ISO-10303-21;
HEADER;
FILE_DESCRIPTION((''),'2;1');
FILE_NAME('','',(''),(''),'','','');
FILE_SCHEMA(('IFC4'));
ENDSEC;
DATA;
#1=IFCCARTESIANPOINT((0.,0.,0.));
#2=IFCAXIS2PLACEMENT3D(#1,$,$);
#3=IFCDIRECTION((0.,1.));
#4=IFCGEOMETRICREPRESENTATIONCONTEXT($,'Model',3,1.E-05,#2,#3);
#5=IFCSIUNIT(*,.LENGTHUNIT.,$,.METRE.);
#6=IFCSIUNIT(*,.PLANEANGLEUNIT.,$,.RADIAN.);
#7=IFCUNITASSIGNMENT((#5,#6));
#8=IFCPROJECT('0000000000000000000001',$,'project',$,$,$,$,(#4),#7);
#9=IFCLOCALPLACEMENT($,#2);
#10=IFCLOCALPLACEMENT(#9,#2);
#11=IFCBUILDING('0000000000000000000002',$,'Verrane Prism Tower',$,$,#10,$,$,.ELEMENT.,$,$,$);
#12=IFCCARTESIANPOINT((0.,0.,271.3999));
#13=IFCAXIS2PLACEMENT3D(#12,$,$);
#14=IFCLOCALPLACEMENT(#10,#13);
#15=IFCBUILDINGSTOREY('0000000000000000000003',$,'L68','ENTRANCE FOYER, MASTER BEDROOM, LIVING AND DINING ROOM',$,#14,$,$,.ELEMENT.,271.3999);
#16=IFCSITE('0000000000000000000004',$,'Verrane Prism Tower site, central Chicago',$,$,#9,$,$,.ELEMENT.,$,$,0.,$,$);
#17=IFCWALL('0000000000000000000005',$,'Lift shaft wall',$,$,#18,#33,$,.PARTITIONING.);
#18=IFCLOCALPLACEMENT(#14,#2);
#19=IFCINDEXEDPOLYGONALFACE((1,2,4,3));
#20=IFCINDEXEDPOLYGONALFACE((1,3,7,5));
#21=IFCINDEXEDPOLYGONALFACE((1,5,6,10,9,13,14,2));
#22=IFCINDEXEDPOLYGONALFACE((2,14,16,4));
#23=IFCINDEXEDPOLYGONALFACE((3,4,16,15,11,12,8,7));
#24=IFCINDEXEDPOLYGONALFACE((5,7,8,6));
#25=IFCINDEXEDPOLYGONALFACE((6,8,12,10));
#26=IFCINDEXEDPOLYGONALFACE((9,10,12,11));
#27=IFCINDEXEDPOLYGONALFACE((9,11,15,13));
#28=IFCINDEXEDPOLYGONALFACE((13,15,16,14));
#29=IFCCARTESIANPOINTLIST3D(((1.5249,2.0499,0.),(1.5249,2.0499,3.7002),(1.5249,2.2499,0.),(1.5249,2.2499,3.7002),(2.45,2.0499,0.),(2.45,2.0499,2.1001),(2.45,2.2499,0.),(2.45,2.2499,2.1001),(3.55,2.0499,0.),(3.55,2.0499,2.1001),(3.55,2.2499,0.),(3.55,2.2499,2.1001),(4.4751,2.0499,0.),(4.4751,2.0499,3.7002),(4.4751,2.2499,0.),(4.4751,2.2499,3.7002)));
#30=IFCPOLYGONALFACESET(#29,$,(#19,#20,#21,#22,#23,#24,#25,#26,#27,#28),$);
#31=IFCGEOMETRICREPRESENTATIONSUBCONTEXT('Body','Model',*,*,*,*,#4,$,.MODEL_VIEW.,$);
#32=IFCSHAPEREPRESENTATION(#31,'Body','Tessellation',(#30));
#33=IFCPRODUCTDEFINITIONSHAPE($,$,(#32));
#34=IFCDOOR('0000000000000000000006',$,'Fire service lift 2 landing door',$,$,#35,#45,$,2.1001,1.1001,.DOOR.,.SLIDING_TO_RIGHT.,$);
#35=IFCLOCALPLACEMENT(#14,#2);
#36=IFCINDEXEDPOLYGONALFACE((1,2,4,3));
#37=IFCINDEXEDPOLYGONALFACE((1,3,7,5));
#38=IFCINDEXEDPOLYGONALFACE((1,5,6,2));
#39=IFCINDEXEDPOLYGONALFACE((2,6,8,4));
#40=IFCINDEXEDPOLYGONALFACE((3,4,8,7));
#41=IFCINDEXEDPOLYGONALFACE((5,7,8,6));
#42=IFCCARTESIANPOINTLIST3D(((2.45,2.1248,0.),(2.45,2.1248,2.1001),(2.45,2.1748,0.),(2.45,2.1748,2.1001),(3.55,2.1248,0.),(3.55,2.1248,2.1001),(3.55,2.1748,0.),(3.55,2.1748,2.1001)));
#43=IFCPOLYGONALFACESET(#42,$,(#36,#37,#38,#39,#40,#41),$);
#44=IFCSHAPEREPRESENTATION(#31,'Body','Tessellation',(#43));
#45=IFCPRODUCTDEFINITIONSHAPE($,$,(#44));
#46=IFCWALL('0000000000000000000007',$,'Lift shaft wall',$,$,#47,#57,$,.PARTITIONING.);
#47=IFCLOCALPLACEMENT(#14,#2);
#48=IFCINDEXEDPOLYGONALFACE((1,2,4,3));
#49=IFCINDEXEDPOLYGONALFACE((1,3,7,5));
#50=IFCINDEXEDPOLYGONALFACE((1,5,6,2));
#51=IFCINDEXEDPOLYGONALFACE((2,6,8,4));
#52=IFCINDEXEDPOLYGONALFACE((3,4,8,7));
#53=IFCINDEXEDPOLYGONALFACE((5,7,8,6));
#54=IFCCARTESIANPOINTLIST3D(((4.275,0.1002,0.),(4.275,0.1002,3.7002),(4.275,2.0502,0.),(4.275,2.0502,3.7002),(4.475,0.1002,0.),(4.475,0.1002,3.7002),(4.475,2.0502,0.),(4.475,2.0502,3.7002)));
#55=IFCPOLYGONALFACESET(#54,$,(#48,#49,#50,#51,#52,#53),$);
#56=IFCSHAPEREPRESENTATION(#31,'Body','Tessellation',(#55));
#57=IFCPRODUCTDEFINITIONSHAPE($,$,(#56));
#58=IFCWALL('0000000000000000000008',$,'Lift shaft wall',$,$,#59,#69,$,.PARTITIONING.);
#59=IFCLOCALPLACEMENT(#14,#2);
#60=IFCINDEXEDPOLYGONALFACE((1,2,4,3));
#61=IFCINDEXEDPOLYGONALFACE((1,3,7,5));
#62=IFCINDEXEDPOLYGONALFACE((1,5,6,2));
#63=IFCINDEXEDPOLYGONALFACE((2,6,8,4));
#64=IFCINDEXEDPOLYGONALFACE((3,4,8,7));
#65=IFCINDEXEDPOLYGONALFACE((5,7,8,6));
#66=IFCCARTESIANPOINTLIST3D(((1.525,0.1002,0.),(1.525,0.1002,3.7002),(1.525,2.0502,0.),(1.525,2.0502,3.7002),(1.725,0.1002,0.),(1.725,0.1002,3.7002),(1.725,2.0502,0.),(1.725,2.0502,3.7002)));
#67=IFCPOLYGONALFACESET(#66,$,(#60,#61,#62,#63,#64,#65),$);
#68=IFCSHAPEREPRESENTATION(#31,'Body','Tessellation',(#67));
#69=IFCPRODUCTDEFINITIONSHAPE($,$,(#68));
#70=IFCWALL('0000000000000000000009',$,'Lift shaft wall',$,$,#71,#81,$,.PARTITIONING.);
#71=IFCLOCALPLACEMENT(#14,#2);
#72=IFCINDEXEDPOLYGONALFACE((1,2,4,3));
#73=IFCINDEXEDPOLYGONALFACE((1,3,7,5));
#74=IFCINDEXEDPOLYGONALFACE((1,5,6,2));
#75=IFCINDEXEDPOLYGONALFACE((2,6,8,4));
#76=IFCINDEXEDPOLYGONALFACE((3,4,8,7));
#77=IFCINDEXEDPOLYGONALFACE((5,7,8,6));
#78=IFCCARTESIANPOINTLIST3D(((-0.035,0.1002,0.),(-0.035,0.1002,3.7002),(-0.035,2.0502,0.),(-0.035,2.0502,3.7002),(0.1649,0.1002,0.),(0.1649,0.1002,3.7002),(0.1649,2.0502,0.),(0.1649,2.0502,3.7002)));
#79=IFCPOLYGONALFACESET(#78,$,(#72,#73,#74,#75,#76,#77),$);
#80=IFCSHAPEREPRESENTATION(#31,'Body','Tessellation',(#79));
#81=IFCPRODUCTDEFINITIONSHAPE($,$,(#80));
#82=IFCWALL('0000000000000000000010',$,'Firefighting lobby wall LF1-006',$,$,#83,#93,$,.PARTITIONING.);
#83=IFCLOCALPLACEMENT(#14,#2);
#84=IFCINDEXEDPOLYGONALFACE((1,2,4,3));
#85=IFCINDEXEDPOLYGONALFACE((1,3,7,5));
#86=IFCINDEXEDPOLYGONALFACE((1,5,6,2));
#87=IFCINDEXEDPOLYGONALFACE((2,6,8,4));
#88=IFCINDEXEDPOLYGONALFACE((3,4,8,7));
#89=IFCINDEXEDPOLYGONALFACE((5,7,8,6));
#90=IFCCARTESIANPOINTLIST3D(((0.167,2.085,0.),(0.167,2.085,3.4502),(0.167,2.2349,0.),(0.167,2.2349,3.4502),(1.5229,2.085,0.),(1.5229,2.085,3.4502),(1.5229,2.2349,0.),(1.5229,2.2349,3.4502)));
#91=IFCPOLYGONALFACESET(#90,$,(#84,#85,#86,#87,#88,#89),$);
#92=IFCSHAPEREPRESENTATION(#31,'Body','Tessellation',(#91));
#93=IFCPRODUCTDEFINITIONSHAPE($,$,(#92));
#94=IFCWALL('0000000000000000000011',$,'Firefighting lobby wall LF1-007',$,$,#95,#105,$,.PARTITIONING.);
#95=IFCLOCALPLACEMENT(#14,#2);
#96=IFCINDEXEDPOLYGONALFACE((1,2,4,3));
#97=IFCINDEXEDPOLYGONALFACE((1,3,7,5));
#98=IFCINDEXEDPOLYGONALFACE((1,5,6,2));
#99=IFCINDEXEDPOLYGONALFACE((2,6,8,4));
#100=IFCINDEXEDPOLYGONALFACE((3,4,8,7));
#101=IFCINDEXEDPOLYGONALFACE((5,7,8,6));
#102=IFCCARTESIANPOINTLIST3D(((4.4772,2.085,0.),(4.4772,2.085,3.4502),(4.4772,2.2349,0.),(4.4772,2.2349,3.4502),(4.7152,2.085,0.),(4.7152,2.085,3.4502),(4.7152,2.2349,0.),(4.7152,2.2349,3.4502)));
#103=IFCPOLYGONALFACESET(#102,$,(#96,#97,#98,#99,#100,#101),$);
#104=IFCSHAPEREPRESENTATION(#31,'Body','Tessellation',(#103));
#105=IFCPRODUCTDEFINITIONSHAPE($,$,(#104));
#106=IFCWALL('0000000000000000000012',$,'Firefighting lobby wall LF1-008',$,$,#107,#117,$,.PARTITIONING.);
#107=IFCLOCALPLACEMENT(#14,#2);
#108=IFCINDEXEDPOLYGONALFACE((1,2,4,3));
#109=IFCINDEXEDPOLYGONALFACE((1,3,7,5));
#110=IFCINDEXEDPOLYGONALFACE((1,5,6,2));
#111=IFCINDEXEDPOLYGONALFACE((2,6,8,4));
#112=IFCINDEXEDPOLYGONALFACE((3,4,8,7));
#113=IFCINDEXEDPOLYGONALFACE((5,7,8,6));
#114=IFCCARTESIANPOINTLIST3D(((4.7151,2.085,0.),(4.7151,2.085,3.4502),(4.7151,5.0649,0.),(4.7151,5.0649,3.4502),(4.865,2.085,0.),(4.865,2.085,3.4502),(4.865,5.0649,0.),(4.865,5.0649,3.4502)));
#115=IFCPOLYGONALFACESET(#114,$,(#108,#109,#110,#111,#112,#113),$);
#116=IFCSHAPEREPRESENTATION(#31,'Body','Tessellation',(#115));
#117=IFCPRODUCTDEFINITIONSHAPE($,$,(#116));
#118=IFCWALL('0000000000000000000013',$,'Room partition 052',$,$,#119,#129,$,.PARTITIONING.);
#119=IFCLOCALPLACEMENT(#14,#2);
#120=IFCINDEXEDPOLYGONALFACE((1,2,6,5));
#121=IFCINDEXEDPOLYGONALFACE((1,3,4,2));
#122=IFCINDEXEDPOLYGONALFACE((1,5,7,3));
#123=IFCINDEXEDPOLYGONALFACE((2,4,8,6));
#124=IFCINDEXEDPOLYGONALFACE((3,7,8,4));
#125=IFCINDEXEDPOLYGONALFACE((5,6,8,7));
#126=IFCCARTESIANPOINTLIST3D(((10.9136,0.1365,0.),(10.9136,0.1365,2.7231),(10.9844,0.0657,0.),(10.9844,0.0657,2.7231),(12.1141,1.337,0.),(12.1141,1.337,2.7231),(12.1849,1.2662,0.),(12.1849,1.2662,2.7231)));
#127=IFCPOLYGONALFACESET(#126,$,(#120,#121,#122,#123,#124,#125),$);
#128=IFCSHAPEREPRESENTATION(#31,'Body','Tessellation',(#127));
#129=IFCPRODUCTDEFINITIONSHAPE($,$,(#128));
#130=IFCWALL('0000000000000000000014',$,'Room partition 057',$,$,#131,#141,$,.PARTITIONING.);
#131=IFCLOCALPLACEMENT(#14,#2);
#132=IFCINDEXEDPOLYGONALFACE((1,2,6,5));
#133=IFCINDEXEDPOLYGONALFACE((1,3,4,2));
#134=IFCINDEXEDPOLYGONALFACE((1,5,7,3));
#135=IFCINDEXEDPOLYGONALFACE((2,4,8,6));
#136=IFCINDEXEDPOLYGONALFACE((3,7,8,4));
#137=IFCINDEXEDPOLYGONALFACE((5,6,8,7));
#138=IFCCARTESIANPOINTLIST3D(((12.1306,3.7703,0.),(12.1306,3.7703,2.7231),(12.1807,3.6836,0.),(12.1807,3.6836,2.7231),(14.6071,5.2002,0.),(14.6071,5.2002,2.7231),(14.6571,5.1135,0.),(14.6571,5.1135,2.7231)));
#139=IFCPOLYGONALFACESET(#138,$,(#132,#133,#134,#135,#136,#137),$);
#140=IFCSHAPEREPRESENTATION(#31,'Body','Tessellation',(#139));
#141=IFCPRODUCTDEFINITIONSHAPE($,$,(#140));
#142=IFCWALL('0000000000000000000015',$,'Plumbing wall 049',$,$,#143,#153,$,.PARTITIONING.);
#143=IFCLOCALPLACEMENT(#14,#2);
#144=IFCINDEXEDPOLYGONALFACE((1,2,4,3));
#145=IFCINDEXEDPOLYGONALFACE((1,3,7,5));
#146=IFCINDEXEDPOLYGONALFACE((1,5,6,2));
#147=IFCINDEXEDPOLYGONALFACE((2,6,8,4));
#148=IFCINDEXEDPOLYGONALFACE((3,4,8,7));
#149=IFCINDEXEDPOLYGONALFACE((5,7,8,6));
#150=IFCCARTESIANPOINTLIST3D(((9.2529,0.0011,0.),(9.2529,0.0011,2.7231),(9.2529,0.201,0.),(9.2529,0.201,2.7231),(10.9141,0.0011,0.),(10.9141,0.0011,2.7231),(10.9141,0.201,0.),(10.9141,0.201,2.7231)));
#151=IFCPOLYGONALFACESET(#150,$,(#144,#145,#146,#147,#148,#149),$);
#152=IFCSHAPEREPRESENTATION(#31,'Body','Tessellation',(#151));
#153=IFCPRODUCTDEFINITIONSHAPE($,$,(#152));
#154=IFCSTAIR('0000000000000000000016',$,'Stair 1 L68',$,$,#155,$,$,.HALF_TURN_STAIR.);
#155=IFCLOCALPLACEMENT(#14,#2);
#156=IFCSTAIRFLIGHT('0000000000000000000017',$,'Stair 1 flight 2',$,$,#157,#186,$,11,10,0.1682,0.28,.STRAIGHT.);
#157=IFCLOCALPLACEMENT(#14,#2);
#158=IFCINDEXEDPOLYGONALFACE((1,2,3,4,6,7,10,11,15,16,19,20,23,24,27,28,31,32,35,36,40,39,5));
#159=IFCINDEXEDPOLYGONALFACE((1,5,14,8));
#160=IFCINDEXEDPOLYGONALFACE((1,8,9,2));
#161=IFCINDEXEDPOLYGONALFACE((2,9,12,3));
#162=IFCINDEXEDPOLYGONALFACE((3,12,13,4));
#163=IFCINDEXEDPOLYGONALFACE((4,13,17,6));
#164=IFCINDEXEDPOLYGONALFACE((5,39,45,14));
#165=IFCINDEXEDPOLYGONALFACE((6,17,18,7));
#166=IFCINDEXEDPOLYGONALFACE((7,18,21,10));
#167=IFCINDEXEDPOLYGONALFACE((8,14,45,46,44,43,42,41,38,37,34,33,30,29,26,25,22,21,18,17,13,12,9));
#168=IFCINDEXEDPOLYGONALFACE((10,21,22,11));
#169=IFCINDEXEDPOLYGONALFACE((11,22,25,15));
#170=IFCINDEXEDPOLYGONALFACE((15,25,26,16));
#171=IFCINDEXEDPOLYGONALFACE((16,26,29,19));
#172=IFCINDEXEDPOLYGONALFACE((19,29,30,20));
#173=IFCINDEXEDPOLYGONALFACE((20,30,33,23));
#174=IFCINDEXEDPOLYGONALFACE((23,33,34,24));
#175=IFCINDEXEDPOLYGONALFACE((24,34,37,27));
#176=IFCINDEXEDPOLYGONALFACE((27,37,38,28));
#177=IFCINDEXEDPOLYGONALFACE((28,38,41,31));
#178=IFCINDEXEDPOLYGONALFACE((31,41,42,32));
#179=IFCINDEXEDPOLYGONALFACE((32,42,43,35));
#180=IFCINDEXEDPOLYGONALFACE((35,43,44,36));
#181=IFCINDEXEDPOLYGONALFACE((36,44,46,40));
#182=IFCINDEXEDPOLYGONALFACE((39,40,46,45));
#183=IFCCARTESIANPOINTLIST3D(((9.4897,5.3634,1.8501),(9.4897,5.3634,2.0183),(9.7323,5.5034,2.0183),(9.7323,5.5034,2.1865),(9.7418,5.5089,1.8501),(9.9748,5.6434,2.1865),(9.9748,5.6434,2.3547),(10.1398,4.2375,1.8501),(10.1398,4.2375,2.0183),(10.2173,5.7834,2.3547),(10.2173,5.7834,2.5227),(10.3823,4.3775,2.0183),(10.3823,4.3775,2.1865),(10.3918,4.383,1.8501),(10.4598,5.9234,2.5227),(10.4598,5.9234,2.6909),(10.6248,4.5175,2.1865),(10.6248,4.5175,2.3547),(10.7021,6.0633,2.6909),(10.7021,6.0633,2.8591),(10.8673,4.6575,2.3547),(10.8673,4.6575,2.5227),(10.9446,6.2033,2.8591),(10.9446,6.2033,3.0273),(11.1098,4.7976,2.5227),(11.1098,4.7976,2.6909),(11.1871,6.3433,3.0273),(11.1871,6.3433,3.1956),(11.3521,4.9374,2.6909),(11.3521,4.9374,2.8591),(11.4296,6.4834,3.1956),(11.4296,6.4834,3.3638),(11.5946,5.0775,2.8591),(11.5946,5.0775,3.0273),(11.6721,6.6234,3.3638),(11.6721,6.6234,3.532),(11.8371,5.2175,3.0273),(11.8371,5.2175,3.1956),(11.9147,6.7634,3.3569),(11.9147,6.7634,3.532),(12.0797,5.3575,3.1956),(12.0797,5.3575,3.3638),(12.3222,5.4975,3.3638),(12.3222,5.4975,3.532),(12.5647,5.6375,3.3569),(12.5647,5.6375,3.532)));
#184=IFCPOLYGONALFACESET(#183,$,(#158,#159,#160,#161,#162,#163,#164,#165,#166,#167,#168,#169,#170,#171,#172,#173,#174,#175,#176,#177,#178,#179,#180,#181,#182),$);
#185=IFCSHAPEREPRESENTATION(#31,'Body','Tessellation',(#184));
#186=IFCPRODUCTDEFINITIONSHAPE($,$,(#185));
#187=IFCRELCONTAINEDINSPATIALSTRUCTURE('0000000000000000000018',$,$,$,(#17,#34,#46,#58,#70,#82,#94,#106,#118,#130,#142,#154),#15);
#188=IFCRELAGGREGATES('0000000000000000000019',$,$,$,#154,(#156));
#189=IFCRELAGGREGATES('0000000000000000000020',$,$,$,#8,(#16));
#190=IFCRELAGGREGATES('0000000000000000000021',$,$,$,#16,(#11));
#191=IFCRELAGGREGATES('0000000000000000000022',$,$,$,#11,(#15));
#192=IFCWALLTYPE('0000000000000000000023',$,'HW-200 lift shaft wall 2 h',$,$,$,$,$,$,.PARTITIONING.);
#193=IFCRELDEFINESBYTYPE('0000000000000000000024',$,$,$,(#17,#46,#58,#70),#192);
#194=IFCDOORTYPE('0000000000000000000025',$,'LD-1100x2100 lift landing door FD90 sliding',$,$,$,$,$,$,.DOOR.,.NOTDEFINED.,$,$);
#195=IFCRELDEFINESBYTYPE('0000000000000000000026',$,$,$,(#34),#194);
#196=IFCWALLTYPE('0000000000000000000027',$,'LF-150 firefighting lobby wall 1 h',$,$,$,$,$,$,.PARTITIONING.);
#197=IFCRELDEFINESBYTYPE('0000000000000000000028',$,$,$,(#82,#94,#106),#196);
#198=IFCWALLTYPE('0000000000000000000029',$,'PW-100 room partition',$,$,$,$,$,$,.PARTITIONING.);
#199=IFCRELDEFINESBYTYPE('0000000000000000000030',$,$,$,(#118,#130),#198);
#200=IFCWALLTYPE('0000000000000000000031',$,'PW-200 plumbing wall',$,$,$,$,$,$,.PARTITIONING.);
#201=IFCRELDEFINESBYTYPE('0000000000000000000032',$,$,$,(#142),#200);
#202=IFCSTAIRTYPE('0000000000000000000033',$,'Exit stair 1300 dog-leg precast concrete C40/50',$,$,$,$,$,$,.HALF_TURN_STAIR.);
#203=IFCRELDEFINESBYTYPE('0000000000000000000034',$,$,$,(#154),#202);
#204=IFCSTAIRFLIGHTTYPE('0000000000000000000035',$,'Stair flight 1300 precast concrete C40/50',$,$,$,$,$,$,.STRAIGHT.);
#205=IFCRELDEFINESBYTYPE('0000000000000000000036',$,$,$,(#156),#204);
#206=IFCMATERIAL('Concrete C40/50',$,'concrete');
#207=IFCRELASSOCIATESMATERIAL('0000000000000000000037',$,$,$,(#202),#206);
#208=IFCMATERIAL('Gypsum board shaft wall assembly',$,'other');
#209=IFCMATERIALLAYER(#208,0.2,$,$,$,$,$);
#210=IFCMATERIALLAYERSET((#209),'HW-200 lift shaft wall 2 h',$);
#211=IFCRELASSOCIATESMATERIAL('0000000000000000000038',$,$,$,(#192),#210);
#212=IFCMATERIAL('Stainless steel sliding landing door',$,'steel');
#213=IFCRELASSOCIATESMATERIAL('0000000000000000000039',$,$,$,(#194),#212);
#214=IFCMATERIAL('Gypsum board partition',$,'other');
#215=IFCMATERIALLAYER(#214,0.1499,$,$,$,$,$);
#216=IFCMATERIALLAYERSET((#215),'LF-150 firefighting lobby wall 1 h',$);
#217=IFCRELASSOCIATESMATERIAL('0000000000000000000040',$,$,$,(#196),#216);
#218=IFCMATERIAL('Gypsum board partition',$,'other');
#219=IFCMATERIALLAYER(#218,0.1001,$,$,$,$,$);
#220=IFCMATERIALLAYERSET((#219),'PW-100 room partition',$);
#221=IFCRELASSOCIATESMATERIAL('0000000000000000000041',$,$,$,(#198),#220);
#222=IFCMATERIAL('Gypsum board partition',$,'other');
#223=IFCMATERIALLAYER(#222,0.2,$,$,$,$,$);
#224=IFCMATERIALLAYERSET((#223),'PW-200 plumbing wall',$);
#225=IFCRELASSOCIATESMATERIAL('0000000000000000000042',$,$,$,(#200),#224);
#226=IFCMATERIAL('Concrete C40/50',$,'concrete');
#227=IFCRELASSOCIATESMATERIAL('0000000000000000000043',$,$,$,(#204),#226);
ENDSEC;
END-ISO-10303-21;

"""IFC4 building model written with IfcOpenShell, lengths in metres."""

from ifc_helpers import new_model, si_unit, direction, frame, frame_2d, origin, place, context, subcontext, project, spatial, polyline, rectangle, outline, extrude, material, layer, layer_set, type_object, element, fill, aggregate, save


model = new_model("IFC4")

# Units and contexts
model_context = context("Model", 3, precision=1e-05, world=origin(), true_north=direction((0.0, 1.0)))
body_context = subcontext(model_context, "Body", "Model", "MODEL_VIEW")
ifc_project = project(units=[si_unit("LENGTHUNIT", "METRE"), si_unit("PLANEANGLEUNIT", "RADIAN")], contexts=[model_context])

# Site, building, storey
site_placement = place(None, origin())
site = spatial("IfcSite", under=ifc_project, at=site_placement, Name="Verrane Prism Tower site, central Chicago", CompositionType="ELEMENT", RefElevation=0.0)
building_placement = place(site_placement, origin())
building = spatial("IfcBuilding", under=site, at=building_placement, Name="Verrane Prism Tower", CompositionType="ELEMENT")
storey_placement = place(building_placement, frame((0.0, 0.0, 271.3999)))
storey = spatial("IfcBuildingStorey", under=building, at=storey_placement, Name="L68", Description="ENTRANCE FOYER, MASTER BEDROOM, LIVING AND DINING ROOM", CompositionType="ELEMENT", Elevation=271.3999)

# Shared definitions
ifc_material_1 = material(Name="Concrete C40/50", Category="concrete")
stair_type = type_object("IfcStairType", Name="Exit stair 1300 dog-leg precast concrete C40/50", PredefinedType="HALF_TURN_STAIR", material=ifc_material_1)

# Shared definitions
ifc_material_2 = material(Name="Gypsum board shaft wall assembly", Category="other")
ifc_layer_1 = layer(ifc_material_2, 0.2)
ifc_layer_set_1 = layer_set([ifc_layer_1], Name="HW-200 lift shaft wall 2 h")
wall_type_1 = type_object("IfcWallType", Name="HW-200 lift shaft wall 2 h", PredefinedType="PARTITIONING", material=ifc_layer_set_1)

# Wall, opening, door
wall_1_placement = place(storey_placement, frame((1.5249, 2.1499, 0.0), z_axis=(0.0, 0.0, 1.0), x_axis=(1.0, 0.0, 0.0)))
wall_1 = element("IfcWall", 1, at=wall_1_placement, inside=storey, type_object=wall_type_1, Name="Lift shaft wall", PredefinedType="PARTITIONING", context=body_context, shape_type="SweptSolid", body=[
    extrude(rectangle(XDim=2.9502, YDim=0.2, at=frame_2d((1.4751, 0.0))), origin(), (0.0, 0.0, 1.0), 3.7002),
])
opening_1_placement = place(wall_1_placement, frame((0.925, 0.0, 0.0)))
opening_1 = element("IfcOpeningElement", 2, at=opening_1_placement, cuts=wall_1, PredefinedType="OPENING", context=body_context, shape_type="SweptSolid", body=[
    extrude(rectangle(XDim=1.1001, YDim=2.1001, at=frame_2d((0.55, 1.05))), frame((0.0, 0.1099, 0.0), z_axis=(0.0, -1.0, 0.0), x_axis=(1.0, 0.0, 0.0)), (0.0, 0.0, 1.0), 0.22),
])
ifc_material_3 = material(Name="Stainless steel sliding landing door", Category="steel")
door_type_1 = type_object("IfcDoorType", Name="LD-1100x2100 lift landing door FD90 sliding", OperationType="NOTDEFINED", PredefinedType="DOOR", material=ifc_material_3)
door_1_placement = place(opening_1_placement, origin())
door_1 = element("IfcDoor", 3, at=door_1_placement, inside=storey, type_object=door_type_1, Name="Fire service lift 2 landing door", OperationType="SLIDING_TO_RIGHT", OverallHeight=2.1001, OverallWidth=1.1001, PredefinedType="DOOR", context=body_context, shape_type="SweptSolid", body=[
    extrude(rectangle(XDim=1.1001, YDim=2.1001, at=frame_2d((0.55, 1.05))), frame((0.0, 0.0249, 0.0), z_axis=(0.0, -1.0, 0.0), x_axis=(1.0, 0.0, 0.0)), (0.0, 0.0, 1.0), 0.05),
])
fill(opening_1, door_1)

# Walls
for number, where, z_axis, x_axis, name in (
    (4, (4.375, 0.1001, 0.0), (0.0, 0.0, 1.0), (0.0, 1.0, 0.0), "Lift shaft wall"),
    (5, (1.625, 0.1001, 0.0), (0.0, 0.0, 1.0), (0.0, 1.0, 0.0), "Lift shaft wall"),
    (6, (0.0649, 0.1001, 0.0), (0.0, 0.0, 1.0), (0.0, 1.0, 0.0), "Lift shaft wall"),
):
    element("IfcWall", number, at=place(storey_placement, frame(where, z_axis=z_axis, x_axis=x_axis)), inside=storey, type_object=wall_type_1, Name=name, PredefinedType="PARTITIONING", context=body_context, shape_type="SweptSolid", body=[
        extrude(rectangle(XDim=1.95, YDim=0.2, at=frame_2d((0.9751, 0.0))), origin(), (0.0, 0.0, 1.0), 3.7002),
    ])
ifc_material_4 = material(Name="Gypsum board partition", Category="other")
ifc_layer_2 = layer(ifc_material_4, 0.1499)
ifc_layer_set_2 = layer_set([ifc_layer_2], Name="LF-150 firefighting lobby wall 1 h")
wall_type_2 = type_object("IfcWallType", Name="LF-150 firefighting lobby wall 1 h", PredefinedType="PARTITIONING", material=ifc_layer_set_2)
wall_2_placement = place(storey_placement, frame((0.167, 2.1599, 0.0), z_axis=(0.0, 0.0, 1.0), x_axis=(1.0, 0.0, 0.0)))
element("IfcWall", 7, at=wall_2_placement, inside=storey, type_object=wall_type_2, Name="Firefighting lobby wall LF1-006", PredefinedType="PARTITIONING", context=body_context, shape_type="SweptSolid", body=[
    extrude(rectangle(XDim=1.356, YDim=0.1499, at=frame_2d((0.678, 0.0))), origin(), (0.0, 0.0, 1.0), 3.4502),
])
wall_3_placement = place(storey_placement, frame((4.4771, 2.1599, 0.0), z_axis=(0.0, 0.0, 1.0), x_axis=(1.0, 0.0, 0.0)))
element("IfcWall", 8, at=wall_3_placement, inside=storey, type_object=wall_type_2, Name="Firefighting lobby wall LF1-007", PredefinedType="PARTITIONING", context=body_context, shape_type="SweptSolid", body=[
    extrude(rectangle(XDim=0.238, YDim=0.1499, at=frame_2d((0.1191, 0.0))), origin(), (0.0, 0.0, 1.0), 3.4502),
])
wall_4_placement = place(storey_placement, frame((4.79, 2.085, 0.0), z_axis=(0.0, 0.0, 1.0), x_axis=(0.0, 1.0, 0.0)))
element("IfcWall", 9, at=wall_4_placement, inside=storey, type_object=wall_type_2, Name="Firefighting lobby wall LF1-008", PredefinedType="PARTITIONING", context=body_context, shape_type="SweptSolid", body=[
    extrude(rectangle(XDim=2.98, YDim=0.1499, at=frame_2d((1.49, 0.0))), origin(), (0.0, 0.0, 1.0), 3.4502),
])
ifc_material_5 = material(Name="Gypsum board partition", Category="other")
ifc_layer_3 = layer(ifc_material_5, 0.1001)
ifc_layer_set_3 = layer_set([ifc_layer_3], Name="PW-100 room partition")
wall_type_3 = type_object("IfcWallType", Name="PW-100 room partition", PredefinedType="PARTITIONING", material=ifc_layer_set_3)
wall_5_placement = place(storey_placement, frame((10.949, 0.1011, 0.0), z_axis=(0.0, 0.0, 1.0), x_axis=(0.707107, 0.707107, 0.0)))
element("IfcWall", 10, at=wall_5_placement, inside=storey, type_object=wall_type_3, Name="Room partition 052", PredefinedType="PARTITIONING", context=body_context, shape_type="SweptSolid", body=[
    extrude(rectangle(XDim=1.6978, YDim=0.1001, at=frame_2d((0.8489, 0.0))), origin(), (0.0, 0.0, 1.0), 2.7231),
])
wall_6_placement = place(storey_placement, frame((12.1558, 3.7271, 0.0), z_axis=(0.0, 0.0, 1.0), x_axis=(0.866012, 0.500023, 0.0)))
element("IfcWall", 11, at=wall_6_placement, inside=storey, type_object=wall_type_3, Name="Room partition 057", PredefinedType="PARTITIONING", context=body_context, shape_type="SweptSolid", body=[
    extrude(rectangle(XDim=2.8596, YDim=0.1001, at=frame_2d((1.4297, 0.0))), origin(), (0.0, 0.0, 1.0), 2.7231),
])
ifc_material_6 = material(Name="Gypsum board partition", Category="other")
ifc_layer_4 = layer(ifc_material_6, 0.2)
ifc_layer_set_4 = layer_set([ifc_layer_4], Name="PW-200 plumbing wall")
wall_type_4 = type_object("IfcWallType", Name="PW-200 plumbing wall", PredefinedType="PARTITIONING", material=ifc_layer_set_4)
wall_7_placement = place(storey_placement, frame((9.2529, 0.1011, 0.0), z_axis=(0.0, 0.0, 1.0), x_axis=(1.0, 0.0, 0.0)))
element("IfcWall", 12, at=wall_7_placement, inside=storey, type_object=wall_type_4, Name="Plumbing wall 049", PredefinedType="PARTITIONING", context=body_context, shape_type="SweptSolid", body=[
    extrude(rectangle(XDim=1.6611, YDim=0.2, at=frame_2d((0.8306, 0.0))), origin(), (0.0, 0.0, 1.0), 2.7231),
])

# Stair, stair flight
stair_1_placement = place(storey_placement, origin())
stair_1 = element("IfcStair", 13, at=stair_1_placement, inside=storey, type_object=stair_type, Name="Stair 1 L68", PredefinedType="HALF_TURN_STAIR")
ifc_material_7 = material(Name="Concrete C40/50", Category="concrete")
stair_flight_type = type_object("IfcStairFlightType", Name="Stair flight 1300 precast concrete C40/50", PredefinedType="STRAIGHT", material=ifc_material_7)
stair_flight_placement = place(storey_placement, frame((9.8147, 4.8005, 1.8501), z_axis=(0.0, 0.0, 1.0), x_axis=(0.866025, 0.5, 0.0)))
stair_flight = element("IfcStairFlight", 14, at=stair_flight_placement, type_object=stair_flight_type, Name="Stair 1 flight 2", NumberOfRisers=11, NumberOfTreads=10, PredefinedType="STRAIGHT", RiserHeight=0.1682, TreadLength=0.28, context=body_context, shape_type="SweptSolid", body=[
    extrude(outline(polyline([(0.0, 0.0), (0.0, 0.1682), (0.28, 0.1682), (0.28, 0.3364), (0.5601, 0.3364), (0.5601, 0.5046), (0.8401, 0.5046), (0.8401, 0.6726), (1.1201, 0.6726), (1.1201, 0.8408), (1.3999, 0.8408), (1.3999, 1.009), (1.6799, 1.009), (1.6799, 1.1772), (1.96, 1.1772), (1.96, 1.3455), (2.24, 1.3455), (2.24, 1.5137), (2.52, 1.5137), (2.52, 1.6819), (2.8, 1.6819), (2.8, 1.8501), (2.8, 1.5068), (0.291, 0.0), (0.0, 0.0)])), frame((0.0, 0.6499, 0.0), z_axis=(0.0, -1.0, 0.0), x_axis=(1.0, 0.0, 0.0)), (0.0, 0.0, 1.0), 1.3),
])
aggregate(stair_1, [stair_flight])

save(model, "model.ifc")
